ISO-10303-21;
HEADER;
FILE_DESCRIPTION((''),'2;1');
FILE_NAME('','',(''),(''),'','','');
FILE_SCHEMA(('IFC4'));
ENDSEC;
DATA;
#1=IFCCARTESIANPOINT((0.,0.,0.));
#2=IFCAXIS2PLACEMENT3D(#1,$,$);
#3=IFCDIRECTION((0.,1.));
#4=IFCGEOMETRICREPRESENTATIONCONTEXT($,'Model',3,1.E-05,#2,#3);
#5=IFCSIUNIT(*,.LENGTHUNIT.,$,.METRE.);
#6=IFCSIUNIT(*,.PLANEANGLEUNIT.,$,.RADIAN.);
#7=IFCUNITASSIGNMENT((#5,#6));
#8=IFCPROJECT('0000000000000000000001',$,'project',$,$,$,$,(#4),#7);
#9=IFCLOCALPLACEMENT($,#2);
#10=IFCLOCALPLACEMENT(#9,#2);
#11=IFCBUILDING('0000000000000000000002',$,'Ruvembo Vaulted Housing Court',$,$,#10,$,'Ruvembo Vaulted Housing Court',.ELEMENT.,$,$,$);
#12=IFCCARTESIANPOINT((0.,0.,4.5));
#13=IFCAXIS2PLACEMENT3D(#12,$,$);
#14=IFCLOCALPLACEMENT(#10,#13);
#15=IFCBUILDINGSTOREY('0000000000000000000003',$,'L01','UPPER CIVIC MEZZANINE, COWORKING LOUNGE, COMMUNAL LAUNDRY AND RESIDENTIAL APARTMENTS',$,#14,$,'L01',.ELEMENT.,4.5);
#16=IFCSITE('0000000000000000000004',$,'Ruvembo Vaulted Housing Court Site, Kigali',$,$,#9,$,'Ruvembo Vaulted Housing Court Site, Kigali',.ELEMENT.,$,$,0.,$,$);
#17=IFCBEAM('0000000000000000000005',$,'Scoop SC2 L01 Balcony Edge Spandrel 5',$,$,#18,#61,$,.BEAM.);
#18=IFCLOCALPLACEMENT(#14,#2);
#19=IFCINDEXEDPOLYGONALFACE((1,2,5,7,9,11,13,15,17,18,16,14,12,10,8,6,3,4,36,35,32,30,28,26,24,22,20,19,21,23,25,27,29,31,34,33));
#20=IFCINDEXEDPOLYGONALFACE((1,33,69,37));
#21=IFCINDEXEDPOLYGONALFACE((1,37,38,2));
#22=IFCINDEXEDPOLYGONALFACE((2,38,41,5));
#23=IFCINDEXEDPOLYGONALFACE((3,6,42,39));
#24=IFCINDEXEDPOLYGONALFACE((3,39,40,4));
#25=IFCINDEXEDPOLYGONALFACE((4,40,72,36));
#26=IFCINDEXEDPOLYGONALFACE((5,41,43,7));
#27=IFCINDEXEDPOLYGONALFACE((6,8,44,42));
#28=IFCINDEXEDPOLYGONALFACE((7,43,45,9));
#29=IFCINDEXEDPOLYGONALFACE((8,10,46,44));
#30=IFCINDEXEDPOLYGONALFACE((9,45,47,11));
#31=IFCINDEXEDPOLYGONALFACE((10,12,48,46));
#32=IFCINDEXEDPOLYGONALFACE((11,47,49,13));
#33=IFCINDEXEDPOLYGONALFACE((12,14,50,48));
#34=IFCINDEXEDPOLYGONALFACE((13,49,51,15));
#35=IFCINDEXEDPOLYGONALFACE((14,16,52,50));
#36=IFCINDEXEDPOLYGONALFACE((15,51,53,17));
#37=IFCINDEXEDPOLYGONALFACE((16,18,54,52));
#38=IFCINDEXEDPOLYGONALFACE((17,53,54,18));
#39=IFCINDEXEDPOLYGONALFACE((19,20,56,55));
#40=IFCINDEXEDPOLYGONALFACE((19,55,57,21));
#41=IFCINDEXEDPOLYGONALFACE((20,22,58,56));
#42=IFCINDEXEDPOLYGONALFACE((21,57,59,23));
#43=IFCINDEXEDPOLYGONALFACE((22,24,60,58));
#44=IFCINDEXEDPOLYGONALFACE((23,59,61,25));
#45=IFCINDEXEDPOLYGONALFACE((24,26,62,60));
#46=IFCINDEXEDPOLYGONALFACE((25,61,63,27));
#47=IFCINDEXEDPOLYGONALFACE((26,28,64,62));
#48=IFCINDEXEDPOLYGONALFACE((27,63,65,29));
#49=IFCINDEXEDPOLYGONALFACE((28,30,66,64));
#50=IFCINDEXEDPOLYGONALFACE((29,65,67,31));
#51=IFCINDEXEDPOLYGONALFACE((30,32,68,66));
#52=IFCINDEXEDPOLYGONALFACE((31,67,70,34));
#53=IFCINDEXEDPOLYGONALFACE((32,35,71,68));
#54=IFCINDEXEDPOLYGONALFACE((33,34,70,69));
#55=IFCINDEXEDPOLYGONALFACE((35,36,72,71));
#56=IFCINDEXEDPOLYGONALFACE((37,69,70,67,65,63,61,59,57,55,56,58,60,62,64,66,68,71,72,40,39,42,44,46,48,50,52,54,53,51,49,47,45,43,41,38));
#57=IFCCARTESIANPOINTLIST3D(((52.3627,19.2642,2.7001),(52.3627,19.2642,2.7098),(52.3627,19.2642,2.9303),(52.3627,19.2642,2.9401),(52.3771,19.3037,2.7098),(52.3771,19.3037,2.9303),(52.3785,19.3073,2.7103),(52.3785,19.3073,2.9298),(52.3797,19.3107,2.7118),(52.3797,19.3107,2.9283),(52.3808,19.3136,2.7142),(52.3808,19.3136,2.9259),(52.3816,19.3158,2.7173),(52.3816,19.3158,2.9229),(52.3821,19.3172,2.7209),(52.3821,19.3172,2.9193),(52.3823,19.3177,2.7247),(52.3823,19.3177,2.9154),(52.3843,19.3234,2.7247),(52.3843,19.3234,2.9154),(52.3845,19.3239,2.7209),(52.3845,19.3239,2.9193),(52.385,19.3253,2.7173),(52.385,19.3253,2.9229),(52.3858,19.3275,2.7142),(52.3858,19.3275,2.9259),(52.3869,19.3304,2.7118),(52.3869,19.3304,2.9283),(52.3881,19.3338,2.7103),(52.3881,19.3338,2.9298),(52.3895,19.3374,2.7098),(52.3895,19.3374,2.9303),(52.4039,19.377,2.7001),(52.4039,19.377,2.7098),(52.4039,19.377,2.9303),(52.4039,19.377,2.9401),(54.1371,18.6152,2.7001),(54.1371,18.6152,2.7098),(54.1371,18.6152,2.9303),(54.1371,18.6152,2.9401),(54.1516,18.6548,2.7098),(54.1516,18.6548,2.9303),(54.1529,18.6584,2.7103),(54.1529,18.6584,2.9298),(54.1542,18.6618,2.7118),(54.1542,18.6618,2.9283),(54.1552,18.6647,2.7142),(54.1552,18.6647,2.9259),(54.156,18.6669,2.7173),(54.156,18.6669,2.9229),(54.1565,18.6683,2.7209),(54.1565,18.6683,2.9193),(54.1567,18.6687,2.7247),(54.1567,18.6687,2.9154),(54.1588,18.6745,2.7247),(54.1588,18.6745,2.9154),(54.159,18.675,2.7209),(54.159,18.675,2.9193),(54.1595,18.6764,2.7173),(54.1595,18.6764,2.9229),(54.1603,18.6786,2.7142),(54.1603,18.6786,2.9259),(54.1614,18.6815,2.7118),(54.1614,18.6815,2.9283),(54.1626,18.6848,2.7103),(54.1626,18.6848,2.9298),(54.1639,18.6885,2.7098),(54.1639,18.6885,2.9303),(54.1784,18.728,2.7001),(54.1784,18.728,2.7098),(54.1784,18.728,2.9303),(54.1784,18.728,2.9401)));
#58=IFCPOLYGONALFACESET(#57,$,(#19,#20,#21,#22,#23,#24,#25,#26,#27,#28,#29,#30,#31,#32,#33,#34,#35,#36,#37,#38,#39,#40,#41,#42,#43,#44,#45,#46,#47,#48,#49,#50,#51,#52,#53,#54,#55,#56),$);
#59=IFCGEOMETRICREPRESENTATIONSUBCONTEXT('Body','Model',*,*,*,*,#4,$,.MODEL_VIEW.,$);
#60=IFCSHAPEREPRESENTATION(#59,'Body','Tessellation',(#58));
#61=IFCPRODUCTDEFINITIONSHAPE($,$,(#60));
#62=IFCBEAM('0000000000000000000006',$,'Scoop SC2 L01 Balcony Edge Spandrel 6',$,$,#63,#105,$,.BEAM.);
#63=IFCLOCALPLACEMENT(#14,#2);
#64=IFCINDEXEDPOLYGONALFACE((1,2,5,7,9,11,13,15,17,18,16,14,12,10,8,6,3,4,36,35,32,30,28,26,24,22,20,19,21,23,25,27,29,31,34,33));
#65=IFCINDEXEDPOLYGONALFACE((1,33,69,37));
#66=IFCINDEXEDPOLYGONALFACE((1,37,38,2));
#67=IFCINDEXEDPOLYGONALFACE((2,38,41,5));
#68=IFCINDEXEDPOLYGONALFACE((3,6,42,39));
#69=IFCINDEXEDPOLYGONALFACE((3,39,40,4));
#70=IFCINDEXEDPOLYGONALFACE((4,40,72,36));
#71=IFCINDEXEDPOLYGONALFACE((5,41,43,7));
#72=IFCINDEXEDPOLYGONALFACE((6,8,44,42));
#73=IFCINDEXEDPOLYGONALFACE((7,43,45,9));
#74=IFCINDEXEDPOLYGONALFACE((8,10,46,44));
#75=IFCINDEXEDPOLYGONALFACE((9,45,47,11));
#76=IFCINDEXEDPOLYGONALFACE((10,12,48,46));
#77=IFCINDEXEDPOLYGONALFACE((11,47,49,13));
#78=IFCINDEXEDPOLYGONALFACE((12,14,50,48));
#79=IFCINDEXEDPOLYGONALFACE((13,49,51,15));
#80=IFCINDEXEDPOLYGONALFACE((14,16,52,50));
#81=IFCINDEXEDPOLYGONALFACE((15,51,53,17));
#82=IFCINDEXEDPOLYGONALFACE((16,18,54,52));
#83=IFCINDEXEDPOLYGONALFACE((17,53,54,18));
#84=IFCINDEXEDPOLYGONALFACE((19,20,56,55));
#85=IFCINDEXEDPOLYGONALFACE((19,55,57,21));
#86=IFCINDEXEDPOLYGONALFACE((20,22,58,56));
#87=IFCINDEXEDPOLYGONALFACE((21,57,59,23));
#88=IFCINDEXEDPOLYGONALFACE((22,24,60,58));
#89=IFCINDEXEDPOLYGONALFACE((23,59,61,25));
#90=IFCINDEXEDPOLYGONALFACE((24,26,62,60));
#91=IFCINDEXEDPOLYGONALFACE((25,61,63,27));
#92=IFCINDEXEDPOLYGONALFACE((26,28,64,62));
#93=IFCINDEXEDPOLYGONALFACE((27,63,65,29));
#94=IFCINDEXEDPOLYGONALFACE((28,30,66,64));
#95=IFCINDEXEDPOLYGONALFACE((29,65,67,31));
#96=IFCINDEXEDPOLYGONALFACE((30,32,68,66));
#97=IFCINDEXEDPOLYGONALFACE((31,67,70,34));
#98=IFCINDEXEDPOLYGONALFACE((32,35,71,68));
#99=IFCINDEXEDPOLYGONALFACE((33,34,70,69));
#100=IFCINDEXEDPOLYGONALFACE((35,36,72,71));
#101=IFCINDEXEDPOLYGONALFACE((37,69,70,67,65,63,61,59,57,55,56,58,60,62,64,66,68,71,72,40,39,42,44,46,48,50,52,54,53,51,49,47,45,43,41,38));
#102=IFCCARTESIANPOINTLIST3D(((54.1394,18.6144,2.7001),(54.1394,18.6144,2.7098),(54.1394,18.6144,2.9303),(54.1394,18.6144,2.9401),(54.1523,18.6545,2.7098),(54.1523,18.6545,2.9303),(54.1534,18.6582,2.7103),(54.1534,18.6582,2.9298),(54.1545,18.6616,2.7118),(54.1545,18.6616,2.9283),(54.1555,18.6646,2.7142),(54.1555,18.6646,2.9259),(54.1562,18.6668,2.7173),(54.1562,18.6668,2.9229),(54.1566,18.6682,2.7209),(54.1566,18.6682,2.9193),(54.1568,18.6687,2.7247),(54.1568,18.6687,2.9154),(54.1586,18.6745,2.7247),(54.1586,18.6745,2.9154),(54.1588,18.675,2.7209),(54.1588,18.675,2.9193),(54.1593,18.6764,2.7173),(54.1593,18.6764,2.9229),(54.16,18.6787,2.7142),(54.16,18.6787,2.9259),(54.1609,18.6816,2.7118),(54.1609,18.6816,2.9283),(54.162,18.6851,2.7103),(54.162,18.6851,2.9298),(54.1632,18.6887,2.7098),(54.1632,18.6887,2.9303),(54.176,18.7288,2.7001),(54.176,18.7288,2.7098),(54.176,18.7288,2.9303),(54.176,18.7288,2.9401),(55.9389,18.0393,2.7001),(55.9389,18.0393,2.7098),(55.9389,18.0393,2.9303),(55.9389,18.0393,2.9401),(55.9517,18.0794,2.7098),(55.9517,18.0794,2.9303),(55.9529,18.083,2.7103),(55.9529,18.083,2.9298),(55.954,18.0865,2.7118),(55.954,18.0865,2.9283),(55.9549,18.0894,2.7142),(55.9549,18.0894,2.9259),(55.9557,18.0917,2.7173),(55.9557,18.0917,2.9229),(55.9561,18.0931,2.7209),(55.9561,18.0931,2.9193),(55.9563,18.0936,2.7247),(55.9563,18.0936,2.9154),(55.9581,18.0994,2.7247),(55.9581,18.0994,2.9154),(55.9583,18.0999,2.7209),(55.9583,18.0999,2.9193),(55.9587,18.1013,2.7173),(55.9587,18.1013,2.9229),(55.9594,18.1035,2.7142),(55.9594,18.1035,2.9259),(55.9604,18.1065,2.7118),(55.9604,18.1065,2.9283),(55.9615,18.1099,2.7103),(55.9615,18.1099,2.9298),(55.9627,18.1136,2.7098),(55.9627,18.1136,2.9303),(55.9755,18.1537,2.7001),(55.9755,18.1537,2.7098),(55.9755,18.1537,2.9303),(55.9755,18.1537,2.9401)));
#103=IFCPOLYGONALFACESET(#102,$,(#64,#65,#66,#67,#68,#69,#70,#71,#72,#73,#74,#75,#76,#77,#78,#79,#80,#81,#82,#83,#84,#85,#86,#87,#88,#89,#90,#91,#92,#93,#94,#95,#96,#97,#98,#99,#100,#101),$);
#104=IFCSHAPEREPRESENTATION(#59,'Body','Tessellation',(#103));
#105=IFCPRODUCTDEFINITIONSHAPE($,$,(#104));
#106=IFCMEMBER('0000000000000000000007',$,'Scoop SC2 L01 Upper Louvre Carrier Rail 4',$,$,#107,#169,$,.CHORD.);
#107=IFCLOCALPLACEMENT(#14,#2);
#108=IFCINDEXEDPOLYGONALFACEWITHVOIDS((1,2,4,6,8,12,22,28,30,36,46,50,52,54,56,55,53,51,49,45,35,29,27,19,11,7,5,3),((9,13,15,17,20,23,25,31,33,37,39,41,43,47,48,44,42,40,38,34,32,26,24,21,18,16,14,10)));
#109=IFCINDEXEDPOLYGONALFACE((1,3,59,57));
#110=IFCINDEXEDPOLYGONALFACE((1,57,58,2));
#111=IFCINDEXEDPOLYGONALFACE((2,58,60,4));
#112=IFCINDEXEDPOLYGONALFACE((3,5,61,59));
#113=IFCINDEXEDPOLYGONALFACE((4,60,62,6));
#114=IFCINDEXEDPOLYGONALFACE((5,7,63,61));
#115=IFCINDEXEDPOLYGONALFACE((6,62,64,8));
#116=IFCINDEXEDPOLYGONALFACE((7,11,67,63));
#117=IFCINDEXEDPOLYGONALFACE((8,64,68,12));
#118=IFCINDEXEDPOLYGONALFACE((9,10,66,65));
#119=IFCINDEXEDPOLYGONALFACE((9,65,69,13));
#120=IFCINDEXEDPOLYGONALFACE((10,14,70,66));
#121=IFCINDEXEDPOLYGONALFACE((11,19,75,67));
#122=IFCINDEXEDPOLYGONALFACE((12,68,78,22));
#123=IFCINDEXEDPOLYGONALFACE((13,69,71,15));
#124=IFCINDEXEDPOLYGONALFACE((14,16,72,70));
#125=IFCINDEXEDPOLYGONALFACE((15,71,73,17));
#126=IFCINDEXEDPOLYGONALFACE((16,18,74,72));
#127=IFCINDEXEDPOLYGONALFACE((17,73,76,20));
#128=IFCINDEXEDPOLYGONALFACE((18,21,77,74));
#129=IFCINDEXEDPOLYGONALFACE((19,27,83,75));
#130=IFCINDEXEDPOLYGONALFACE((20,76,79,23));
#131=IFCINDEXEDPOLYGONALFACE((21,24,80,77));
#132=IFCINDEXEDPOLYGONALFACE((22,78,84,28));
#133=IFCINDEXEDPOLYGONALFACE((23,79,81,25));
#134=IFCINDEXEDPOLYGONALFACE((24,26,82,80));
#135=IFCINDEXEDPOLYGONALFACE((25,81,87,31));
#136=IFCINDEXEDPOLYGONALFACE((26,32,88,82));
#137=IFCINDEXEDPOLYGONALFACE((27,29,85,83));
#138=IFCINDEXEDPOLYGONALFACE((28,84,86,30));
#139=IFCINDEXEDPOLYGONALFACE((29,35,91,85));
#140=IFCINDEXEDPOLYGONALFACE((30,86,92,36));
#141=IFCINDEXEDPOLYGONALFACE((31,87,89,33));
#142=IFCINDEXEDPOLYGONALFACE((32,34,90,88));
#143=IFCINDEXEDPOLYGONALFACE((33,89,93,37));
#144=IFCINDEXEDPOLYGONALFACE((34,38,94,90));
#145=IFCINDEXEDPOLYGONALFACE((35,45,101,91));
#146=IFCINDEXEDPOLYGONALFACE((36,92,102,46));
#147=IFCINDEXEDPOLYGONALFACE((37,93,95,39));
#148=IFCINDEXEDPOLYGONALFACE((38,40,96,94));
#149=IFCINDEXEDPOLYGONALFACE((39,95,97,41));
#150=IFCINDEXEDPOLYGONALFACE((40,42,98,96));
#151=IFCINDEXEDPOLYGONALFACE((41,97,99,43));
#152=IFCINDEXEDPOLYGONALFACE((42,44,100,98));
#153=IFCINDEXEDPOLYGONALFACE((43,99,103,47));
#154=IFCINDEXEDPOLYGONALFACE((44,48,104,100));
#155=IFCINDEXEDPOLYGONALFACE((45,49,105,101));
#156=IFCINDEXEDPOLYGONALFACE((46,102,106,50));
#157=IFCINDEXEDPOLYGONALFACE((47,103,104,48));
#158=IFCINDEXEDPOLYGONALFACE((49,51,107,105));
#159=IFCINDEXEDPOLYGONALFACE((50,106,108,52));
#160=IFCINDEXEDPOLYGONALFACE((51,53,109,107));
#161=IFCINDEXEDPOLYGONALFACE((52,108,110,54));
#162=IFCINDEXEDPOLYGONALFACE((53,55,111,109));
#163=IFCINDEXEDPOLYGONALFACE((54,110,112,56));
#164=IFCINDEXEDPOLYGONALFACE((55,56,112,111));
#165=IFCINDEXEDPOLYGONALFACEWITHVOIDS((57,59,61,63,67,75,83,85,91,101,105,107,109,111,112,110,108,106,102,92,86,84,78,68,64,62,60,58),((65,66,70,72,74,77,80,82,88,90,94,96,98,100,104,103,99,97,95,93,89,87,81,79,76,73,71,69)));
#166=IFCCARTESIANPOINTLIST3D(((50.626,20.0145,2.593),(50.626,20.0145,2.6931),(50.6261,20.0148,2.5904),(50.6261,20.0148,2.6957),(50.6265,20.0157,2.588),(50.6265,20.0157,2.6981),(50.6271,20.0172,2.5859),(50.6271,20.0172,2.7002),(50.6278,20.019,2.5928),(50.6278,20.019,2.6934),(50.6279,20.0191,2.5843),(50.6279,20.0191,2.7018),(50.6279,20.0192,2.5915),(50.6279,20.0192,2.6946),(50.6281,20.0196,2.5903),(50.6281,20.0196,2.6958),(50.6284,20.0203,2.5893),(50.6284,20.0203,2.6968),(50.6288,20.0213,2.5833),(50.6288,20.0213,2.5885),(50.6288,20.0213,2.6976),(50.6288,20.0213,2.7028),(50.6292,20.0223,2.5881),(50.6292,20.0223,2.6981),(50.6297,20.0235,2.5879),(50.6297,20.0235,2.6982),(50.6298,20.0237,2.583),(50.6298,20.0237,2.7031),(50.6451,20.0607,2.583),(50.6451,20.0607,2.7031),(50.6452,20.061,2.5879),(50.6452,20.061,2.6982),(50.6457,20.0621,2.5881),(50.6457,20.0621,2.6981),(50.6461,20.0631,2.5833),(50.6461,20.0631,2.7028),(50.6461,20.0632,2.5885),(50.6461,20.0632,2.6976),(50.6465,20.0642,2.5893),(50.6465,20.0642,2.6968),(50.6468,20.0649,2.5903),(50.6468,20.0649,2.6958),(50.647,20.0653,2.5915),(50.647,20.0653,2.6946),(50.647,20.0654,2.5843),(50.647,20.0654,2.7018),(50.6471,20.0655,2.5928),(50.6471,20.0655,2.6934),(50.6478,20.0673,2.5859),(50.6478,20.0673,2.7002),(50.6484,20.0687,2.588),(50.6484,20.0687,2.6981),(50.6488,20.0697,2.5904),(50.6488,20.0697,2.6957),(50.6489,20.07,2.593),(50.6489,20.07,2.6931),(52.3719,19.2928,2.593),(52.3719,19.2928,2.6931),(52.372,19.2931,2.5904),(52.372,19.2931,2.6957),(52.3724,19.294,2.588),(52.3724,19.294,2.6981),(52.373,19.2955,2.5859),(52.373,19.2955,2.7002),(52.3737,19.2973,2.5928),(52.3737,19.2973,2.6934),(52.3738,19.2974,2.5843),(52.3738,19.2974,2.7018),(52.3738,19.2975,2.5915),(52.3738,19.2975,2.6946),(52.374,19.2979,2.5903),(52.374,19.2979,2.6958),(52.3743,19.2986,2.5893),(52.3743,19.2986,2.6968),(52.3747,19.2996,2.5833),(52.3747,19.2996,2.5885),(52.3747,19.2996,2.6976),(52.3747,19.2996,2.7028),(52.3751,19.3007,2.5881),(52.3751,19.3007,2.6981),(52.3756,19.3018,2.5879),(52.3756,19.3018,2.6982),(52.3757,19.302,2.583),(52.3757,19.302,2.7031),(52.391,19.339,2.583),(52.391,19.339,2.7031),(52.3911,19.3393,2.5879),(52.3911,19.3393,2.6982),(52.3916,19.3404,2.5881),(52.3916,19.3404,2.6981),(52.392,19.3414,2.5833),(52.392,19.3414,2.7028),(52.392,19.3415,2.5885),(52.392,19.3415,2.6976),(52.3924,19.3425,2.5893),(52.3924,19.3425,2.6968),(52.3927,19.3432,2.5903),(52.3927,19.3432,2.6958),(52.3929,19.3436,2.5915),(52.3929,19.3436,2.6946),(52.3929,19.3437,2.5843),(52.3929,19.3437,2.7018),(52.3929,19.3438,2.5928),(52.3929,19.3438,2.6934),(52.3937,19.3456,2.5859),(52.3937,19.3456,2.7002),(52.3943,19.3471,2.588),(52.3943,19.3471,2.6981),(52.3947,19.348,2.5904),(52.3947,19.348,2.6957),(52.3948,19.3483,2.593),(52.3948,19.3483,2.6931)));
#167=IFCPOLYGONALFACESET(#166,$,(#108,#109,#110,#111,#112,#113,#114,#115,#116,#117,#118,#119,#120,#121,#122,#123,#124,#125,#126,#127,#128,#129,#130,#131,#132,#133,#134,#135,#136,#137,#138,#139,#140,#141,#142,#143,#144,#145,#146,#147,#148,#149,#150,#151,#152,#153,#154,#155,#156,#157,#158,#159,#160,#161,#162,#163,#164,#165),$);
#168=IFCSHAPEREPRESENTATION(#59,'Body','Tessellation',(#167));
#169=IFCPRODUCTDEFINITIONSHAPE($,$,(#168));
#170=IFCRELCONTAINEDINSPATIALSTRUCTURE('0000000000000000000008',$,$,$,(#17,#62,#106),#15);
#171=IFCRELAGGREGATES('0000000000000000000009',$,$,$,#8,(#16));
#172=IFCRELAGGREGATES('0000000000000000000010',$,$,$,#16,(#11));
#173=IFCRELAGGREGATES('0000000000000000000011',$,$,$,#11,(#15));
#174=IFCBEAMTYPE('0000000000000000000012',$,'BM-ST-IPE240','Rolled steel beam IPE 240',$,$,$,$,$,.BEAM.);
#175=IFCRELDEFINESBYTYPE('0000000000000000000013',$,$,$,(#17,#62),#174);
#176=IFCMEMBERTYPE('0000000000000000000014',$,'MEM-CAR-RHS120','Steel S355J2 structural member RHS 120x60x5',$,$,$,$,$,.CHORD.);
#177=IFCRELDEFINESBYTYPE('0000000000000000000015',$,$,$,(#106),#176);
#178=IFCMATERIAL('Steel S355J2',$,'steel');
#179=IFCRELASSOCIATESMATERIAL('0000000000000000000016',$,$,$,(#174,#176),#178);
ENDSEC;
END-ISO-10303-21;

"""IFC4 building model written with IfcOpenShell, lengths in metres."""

from ifc_helpers import new_model, si_unit, direction, frame, origin, origin_2d, place, context, subcontext, project, spatial, hollow_rectangle, i_section, extrude, material, material_profile, profile_set, type_object, element, save


model = new_model("IFC4")

# Units and contexts
model_context = context("Model", 3, precision=1e-05, world=origin(), true_north=direction((0.0, 1.0)))
body_context = subcontext(model_context, "Body", "Model", "MODEL_VIEW")
ifc_project = project(units=[si_unit("LENGTHUNIT", "METRE"), si_unit("PLANEANGLEUNIT", "RADIAN")], contexts=[model_context])

# Site, building, storey
site_placement = place(None, origin())
site = spatial("IfcSite", under=ifc_project, at=site_placement, Name="Ruvembo Vaulted Housing Court Site, Kigali", LongName="Ruvembo Vaulted Housing Court Site, Kigali", CompositionType="ELEMENT", RefElevation=0.0)
building_placement = place(site_placement, origin())
building = spatial("IfcBuilding", under=site, at=building_placement, Name="Ruvembo Vaulted Housing Court", LongName="Ruvembo Vaulted Housing Court", CompositionType="ELEMENT")
storey_placement = place(building_placement, frame((0.0, 0.0, 4.5)))
storey = spatial("IfcBuildingStorey", under=building, at=storey_placement, Name="L01", Description="UPPER CIVIC MEZZANINE, COWORKING LOUNGE, COMMUNAL LAUNDRY AND RESIDENTIAL APARTMENTS", LongName="L01", CompositionType="ELEMENT", Elevation=4.5)

# Beams
ifc_material_1 = material(Name="Steel S355J2", Category="steel")
ifc_material_profile_1 = material_profile(ifc_material_1, i_section(OverallWidth=0.1201, OverallDepth=0.24, WebThickness=0.0061, FlangeThickness=0.0098, FilletRadius=0.0149, at=origin_2d()), Name="IPE 240")
ifc_profile_set_1 = profile_set([ifc_material_profile_1], Name="Steel S355J2")
beam_type = type_object("IfcBeamType", Name="BM-ST-IPE240", Description="Rolled steel beam IPE 240", PredefinedType="BEAM", material=ifc_profile_set_1)
beam_1_placement = place(storey_placement, frame((52.3833, 19.3206, 2.8201), z_axis=(0.939166, -0.343465, 0.0), x_axis=(0.343465, 0.939166, 0.0)))
element("IfcBeam", 1, at=beam_1_placement, inside=storey, type_object=beam_type, Name="Scoop SC2 L01 Balcony Edge Spandrel 5", PredefinedType="BEAM", context=body_context, shape_type="SweptSolid", body=[
    extrude(i_section(OverallWidth=0.1201, OverallDepth=0.24, WebThickness=0.0061, FlangeThickness=0.0098, FilletRadius=0.0149, at=origin_2d()), origin(), (0.0, 0.0, 1.0), 1.8894),
])
beam_2_placement = place(storey_placement, frame((54.1577, 18.6716, 2.8201), z_axis=(0.952526, -0.304457, 0.0), x_axis=(0.304457, 0.952526, 0.0)))
element("IfcBeam", 2, at=beam_2_placement, inside=storey, type_object=beam_type, Name="Scoop SC2 L01 Balcony Edge Spandrel 6", PredefinedType="BEAM", context=body_context, shape_type="SweptSolid", body=[
    extrude(i_section(OverallWidth=0.1201, OverallDepth=0.24, WebThickness=0.0061, FlangeThickness=0.0098, FilletRadius=0.0149, at=origin_2d()), origin(), (0.0, 0.0, 1.0), 1.8892),
])

# Member
ifc_material_profile_2 = material_profile(ifc_material_1, hollow_rectangle(XDim=0.0601, YDim=0.1201, WallThickness=0.0049, InnerFilletRadius=0.0049, OuterFilletRadius=0.01, at=origin_2d()), Name="RHS 120x60x5")
ifc_profile_set_2 = profile_set([ifc_material_profile_2], Name="Steel S355J2")
member_type_1 = type_object("IfcMemberType", Name="MEM-CAR-RHS120", Description="Steel S355J2 structural member RHS 120x60x5", PredefinedType="CHORD", material=ifc_profile_set_2)
member_1_placement = place(storey_placement, frame((50.6375, 20.0422, 2.6431), z_axis=(0.924155, -0.382017, 0.0), x_axis=(0.382017, 0.924155, 0.0)))
element("IfcMember", 3, at=member_1_placement, inside=storey, type_object=member_type_1, Name="Scoop SC2 L01 Upper Louvre Carrier Rail 4", PredefinedType="CHORD", context=body_context, shape_type="SweptSolid", body=[
    extrude(hollow_rectangle(XDim=0.0601, YDim=0.1201, WallThickness=0.0049, InnerFilletRadius=0.0049, OuterFilletRadius=0.01, at=origin_2d()), origin(), (0.0, 0.0, 1.0), 1.8892),
])

save(model, "model.ifc")
